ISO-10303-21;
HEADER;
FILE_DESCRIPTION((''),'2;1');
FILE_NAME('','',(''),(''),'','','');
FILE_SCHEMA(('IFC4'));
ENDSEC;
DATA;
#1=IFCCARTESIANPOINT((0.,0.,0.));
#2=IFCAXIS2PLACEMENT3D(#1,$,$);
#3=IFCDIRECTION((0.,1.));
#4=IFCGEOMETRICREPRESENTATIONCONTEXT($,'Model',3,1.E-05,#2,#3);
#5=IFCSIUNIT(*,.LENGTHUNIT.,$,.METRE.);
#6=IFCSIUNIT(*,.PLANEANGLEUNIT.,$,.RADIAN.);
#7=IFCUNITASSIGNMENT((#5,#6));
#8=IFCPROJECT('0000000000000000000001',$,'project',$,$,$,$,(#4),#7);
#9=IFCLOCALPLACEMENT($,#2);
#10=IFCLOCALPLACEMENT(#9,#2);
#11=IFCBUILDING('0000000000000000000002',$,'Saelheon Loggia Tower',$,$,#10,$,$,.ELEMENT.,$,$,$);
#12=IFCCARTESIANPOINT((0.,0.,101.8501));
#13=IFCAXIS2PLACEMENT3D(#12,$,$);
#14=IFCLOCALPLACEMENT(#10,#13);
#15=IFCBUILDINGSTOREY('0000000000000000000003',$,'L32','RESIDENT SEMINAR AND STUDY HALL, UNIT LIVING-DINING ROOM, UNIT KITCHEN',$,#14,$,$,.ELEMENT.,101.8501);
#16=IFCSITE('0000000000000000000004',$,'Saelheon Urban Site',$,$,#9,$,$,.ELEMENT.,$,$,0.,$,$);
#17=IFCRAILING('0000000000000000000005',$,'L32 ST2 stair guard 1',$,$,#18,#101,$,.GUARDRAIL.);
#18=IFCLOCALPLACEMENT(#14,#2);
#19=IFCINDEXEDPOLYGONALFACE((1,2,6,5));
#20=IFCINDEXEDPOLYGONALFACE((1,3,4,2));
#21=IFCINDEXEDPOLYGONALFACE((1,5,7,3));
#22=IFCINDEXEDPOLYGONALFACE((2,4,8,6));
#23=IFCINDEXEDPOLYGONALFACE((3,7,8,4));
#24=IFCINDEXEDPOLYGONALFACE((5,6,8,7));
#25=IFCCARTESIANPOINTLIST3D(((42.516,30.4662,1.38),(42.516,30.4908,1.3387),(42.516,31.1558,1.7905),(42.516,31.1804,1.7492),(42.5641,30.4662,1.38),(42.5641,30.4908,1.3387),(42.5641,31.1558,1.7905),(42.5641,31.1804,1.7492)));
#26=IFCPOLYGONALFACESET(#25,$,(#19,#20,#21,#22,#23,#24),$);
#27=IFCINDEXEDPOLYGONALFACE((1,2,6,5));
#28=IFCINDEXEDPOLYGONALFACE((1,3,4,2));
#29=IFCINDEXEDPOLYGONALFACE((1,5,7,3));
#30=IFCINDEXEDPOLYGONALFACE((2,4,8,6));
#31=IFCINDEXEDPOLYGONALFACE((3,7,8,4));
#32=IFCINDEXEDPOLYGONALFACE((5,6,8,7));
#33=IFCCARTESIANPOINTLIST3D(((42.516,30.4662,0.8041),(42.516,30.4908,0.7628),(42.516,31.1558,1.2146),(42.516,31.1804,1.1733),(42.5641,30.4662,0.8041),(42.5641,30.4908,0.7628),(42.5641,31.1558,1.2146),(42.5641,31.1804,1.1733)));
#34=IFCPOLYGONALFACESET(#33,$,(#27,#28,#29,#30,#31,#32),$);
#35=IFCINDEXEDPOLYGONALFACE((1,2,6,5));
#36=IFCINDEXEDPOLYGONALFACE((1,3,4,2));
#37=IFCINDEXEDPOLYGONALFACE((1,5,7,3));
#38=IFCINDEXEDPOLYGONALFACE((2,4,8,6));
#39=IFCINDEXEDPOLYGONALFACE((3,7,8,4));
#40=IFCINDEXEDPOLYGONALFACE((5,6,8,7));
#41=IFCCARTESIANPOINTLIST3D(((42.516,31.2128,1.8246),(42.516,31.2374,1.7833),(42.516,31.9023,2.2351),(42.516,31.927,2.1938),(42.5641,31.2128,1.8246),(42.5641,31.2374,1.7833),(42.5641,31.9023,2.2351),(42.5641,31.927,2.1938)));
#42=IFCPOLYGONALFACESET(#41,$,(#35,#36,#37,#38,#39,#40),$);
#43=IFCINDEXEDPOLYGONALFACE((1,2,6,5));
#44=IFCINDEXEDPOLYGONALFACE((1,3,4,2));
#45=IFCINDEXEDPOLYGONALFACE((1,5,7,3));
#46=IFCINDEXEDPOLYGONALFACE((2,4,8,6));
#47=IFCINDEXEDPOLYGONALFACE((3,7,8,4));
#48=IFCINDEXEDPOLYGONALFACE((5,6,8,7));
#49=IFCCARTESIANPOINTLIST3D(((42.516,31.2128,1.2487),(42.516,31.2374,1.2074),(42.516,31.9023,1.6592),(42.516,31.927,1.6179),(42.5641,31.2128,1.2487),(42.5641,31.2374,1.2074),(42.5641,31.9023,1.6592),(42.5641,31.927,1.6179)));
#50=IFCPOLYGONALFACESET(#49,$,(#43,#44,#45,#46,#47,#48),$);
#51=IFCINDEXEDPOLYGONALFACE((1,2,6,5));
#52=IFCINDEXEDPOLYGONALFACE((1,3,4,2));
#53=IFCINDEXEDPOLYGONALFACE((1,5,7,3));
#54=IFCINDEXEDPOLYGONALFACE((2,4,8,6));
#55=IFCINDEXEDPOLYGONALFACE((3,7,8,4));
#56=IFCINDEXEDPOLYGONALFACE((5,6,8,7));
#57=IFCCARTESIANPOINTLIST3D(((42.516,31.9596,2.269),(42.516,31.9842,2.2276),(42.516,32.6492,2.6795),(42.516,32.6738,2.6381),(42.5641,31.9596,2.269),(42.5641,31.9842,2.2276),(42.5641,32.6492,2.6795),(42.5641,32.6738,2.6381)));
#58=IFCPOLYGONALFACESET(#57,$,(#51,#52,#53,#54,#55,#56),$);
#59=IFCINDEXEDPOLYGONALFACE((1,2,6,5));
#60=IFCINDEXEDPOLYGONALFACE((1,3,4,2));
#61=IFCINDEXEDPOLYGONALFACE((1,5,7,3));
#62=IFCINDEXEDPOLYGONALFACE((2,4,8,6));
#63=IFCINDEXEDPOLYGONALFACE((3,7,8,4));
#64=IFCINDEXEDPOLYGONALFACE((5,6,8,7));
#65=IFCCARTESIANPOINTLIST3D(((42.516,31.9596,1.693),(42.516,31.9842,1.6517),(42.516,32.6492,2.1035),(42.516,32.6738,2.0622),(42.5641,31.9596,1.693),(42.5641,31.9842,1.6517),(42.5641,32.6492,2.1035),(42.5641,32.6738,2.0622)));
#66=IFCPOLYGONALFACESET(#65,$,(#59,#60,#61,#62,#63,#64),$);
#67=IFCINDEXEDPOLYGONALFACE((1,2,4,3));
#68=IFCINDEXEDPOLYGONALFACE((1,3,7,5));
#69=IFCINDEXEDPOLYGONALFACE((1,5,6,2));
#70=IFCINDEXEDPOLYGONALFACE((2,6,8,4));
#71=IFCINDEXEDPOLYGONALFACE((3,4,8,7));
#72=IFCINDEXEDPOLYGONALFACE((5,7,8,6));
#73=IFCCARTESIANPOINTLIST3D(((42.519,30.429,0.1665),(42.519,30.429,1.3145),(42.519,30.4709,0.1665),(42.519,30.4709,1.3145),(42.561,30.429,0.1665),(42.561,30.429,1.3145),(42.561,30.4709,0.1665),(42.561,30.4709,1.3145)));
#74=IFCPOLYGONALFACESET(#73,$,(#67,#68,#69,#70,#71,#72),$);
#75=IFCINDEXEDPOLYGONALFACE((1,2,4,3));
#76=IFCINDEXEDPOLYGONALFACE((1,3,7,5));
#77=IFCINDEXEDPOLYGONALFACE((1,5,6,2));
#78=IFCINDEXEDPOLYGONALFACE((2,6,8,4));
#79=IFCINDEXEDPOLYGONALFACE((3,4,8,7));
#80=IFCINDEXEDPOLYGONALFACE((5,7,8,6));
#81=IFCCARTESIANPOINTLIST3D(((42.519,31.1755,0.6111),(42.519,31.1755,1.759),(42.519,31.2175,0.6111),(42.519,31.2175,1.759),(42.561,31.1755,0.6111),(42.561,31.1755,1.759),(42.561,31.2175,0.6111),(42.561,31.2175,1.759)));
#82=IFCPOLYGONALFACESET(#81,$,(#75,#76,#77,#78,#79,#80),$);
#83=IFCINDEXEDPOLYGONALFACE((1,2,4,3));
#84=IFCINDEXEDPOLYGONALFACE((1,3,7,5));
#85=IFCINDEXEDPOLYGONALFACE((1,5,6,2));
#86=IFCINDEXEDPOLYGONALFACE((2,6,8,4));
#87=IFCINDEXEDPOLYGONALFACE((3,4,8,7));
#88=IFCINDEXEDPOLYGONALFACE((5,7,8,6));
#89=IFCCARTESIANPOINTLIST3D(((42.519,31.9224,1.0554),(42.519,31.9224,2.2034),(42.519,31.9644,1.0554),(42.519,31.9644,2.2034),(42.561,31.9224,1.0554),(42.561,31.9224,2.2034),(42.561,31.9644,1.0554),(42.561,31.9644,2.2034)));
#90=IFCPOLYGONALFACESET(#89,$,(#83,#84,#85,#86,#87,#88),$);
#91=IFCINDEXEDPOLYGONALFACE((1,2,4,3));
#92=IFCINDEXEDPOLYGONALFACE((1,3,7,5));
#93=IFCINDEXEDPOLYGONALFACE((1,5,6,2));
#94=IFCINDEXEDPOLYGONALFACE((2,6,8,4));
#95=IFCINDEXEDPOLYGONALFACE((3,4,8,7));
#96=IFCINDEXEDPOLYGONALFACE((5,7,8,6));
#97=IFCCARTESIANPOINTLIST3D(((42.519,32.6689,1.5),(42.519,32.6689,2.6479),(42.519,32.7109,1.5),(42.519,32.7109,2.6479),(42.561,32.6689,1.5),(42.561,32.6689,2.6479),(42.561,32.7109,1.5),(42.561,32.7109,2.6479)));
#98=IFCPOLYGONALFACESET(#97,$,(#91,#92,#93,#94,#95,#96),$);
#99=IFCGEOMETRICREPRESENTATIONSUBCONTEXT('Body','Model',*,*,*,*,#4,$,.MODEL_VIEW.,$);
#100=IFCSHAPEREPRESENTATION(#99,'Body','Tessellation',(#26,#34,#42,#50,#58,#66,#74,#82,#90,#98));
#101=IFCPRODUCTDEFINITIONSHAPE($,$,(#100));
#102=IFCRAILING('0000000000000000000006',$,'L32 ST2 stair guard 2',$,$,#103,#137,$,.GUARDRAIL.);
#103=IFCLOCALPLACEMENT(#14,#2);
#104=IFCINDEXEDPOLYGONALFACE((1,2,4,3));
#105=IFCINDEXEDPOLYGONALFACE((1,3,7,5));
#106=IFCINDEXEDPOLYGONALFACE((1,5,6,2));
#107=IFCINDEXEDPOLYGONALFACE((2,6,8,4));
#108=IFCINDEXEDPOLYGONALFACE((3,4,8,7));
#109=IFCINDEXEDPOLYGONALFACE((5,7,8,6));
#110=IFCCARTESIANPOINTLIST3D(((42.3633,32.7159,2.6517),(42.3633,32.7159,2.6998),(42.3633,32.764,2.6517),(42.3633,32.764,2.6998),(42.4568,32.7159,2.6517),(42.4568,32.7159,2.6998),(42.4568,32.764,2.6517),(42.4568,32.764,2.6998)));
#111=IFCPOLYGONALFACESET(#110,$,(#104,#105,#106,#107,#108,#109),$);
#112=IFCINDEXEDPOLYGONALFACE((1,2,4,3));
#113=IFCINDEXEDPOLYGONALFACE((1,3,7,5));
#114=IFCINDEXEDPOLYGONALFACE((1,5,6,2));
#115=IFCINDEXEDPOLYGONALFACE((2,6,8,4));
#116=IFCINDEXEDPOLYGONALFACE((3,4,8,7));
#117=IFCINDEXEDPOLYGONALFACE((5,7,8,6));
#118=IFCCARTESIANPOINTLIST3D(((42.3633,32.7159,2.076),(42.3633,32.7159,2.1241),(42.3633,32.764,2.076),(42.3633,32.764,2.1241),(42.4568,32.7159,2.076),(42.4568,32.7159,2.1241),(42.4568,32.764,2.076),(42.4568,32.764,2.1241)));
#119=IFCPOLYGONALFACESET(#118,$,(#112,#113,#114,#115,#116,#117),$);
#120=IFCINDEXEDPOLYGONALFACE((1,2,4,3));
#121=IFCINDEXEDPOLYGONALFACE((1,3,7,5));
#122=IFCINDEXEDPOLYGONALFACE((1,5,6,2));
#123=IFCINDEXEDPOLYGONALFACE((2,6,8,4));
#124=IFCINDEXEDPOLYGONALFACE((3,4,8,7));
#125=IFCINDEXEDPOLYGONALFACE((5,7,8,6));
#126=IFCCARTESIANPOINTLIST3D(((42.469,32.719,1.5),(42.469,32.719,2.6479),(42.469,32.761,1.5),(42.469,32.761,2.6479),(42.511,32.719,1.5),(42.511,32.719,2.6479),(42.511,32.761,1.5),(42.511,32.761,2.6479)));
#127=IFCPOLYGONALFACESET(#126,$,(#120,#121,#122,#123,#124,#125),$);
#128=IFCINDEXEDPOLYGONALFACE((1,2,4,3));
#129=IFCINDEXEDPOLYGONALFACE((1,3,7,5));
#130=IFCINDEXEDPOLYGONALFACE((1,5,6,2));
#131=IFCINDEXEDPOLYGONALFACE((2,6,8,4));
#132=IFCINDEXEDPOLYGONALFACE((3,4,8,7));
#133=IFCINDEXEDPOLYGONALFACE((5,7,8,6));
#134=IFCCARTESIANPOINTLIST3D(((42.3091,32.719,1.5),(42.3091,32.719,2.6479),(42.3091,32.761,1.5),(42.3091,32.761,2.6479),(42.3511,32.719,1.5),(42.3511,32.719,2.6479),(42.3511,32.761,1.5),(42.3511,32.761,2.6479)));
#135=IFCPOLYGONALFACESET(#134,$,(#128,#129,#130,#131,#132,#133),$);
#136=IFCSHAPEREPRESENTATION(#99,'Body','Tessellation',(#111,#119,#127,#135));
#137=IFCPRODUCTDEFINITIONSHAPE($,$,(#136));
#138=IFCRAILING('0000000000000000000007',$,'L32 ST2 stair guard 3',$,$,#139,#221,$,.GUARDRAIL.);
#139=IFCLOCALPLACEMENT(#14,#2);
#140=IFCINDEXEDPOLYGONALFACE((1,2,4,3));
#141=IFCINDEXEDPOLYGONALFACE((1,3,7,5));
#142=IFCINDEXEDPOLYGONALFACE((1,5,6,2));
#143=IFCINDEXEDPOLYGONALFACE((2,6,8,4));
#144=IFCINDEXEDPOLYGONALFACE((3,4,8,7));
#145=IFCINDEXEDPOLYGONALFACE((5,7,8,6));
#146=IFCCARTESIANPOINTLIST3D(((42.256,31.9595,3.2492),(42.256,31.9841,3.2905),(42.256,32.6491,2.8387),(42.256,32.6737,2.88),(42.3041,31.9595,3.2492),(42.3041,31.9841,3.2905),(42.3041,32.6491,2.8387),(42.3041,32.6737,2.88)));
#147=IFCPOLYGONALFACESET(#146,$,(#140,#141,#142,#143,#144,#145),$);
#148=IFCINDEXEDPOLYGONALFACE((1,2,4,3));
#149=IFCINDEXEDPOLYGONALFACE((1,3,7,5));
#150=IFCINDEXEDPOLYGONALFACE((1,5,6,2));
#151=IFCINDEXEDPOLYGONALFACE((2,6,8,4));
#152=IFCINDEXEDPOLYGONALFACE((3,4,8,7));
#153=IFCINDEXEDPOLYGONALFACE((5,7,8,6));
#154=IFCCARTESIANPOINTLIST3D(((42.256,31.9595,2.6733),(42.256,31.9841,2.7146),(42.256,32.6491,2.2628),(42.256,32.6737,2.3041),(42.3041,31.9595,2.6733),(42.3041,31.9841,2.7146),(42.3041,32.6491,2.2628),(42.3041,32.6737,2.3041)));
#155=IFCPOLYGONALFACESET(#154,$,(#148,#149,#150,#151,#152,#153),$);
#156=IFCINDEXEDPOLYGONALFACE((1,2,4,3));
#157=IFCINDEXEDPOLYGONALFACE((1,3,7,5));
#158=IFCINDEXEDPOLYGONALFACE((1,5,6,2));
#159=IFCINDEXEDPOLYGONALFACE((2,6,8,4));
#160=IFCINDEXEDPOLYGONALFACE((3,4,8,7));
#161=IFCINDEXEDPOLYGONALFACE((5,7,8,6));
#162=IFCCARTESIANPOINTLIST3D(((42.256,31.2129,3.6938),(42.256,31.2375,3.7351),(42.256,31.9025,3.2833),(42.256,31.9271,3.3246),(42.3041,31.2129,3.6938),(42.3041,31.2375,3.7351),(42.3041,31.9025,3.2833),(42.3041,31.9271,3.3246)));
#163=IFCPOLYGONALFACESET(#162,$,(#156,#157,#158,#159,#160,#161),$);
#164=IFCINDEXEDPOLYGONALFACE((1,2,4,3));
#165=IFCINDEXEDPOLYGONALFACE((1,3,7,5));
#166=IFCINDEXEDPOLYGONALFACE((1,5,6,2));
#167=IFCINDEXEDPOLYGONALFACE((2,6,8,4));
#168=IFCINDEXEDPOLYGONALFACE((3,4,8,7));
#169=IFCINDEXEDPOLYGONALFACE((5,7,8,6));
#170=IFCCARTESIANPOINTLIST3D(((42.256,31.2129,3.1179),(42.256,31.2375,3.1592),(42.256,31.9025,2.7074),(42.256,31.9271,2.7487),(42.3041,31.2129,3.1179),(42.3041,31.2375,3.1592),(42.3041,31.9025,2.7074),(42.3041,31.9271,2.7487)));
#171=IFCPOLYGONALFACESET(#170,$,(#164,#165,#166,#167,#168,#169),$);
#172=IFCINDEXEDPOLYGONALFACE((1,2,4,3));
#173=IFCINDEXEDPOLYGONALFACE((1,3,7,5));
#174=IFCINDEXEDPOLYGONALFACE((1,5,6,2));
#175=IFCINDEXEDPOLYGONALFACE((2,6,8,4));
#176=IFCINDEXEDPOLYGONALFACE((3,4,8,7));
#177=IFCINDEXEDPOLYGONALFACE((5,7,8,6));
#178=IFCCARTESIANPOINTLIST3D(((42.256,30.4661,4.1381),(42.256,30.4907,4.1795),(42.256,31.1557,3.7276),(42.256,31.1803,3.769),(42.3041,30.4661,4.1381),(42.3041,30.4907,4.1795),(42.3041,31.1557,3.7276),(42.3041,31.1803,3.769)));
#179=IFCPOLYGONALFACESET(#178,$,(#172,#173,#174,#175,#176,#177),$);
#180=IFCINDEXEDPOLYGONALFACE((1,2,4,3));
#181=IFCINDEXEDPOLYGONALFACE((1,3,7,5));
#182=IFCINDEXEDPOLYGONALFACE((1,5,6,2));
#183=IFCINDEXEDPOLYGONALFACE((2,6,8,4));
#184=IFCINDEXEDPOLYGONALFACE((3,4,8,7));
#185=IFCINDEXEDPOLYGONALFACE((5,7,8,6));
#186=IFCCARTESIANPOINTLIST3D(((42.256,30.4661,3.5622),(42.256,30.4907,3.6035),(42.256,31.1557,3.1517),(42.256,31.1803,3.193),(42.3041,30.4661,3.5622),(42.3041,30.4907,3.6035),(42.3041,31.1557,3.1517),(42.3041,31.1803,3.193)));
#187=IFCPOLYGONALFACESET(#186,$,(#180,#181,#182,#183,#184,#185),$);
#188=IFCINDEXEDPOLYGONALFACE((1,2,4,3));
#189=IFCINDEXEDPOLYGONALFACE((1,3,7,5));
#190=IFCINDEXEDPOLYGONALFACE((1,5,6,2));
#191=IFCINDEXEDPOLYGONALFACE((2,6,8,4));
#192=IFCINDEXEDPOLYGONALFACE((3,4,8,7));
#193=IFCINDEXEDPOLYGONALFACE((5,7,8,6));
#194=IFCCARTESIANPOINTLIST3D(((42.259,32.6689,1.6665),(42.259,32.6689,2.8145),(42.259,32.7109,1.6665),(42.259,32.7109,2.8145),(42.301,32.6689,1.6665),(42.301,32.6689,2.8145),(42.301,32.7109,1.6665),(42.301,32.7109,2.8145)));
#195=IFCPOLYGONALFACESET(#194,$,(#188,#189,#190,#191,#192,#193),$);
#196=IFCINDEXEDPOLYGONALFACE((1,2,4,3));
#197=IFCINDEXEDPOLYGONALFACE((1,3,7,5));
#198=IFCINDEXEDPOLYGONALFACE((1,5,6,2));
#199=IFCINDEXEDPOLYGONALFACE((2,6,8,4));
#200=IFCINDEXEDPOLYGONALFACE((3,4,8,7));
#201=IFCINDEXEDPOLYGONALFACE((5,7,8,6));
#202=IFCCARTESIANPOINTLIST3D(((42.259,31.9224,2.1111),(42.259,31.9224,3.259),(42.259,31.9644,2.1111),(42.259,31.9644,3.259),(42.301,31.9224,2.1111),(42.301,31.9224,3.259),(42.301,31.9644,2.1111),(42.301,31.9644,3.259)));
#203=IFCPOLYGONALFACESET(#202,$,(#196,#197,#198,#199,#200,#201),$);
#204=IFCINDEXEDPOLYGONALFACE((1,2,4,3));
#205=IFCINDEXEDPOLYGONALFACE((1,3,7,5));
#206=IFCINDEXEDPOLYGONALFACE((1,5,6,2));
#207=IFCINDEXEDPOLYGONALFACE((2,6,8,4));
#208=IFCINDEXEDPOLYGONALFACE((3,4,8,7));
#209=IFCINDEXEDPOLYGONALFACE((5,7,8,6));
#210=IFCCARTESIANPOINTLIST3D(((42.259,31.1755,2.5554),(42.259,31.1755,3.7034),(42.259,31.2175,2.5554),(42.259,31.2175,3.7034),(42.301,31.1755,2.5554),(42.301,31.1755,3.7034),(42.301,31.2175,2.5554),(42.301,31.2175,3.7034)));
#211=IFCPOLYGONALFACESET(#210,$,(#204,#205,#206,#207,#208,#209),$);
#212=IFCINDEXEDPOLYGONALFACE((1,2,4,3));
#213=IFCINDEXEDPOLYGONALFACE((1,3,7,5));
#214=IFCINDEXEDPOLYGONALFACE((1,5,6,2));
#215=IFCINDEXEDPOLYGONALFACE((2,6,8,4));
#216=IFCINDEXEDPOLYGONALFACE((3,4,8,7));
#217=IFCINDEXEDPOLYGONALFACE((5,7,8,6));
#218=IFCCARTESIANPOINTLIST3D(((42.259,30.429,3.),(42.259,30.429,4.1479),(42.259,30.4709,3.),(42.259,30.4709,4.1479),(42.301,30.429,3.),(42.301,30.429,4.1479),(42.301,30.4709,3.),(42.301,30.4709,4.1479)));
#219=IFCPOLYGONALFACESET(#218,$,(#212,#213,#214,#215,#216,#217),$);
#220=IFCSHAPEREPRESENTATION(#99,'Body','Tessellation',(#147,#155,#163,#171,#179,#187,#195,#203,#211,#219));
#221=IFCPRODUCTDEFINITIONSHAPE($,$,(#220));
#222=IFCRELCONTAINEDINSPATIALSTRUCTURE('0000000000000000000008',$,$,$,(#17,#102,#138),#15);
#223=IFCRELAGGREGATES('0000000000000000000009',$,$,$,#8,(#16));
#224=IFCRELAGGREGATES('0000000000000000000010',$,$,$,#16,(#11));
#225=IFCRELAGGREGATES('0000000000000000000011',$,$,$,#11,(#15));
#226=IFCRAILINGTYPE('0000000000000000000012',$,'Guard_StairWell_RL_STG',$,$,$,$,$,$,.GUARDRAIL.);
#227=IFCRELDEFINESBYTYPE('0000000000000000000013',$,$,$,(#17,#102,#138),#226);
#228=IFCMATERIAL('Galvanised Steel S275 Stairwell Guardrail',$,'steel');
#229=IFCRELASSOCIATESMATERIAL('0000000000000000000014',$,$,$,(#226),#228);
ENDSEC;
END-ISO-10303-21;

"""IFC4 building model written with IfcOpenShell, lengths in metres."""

from ifc_helpers import new_model, si_unit, direction, frame, origin, origin_2d, place, context, subcontext, project, spatial, rectangle, extrude, material, type_object, element, save


model = new_model("IFC4")

# Units and contexts
model_context = context("Model", 3, precision=1e-05, world=origin(), true_north=direction((0.0, 1.0)))
body_context = subcontext(model_context, "Body", "Model", "MODEL_VIEW")
ifc_project = project(units=[si_unit("LENGTHUNIT", "METRE"), si_unit("PLANEANGLEUNIT", "RADIAN")], contexts=[model_context])

# Site, building, storey
site_placement = place(None, origin())
site = spatial("IfcSite", under=ifc_project, at=site_placement, Name="Saelheon Urban Site", CompositionType="ELEMENT", RefElevation=0.0)
building_placement = place(site_placement, origin())
building = spatial("IfcBuilding", under=site, at=building_placement, Name="Saelheon Loggia Tower", CompositionType="ELEMENT")
storey_placement = place(building_placement, frame((0.0, 0.0, 101.8501)))
storey = spatial("IfcBuildingStorey", under=building, at=storey_placement, Name="L32", Description="RESIDENT SEMINAR AND STUDY HALL, UNIT LIVING-DINING ROOM, UNIT KITCHEN", CompositionType="ELEMENT", Elevation=101.8501)

# Railings
ifc_material_1 = material(Name="Galvanised Steel S275 Stairwell Guardrail", Category="steel")
railing_type_1 = type_object("IfcRailingType", Name="Guard_StairWell_RL_STG", PredefinedType="GUARDRAIL", material=ifc_material_1)
railing_1_placement = place(storey_placement, frame((42.54, 30.45, 0.1665)))
element("IfcRailing", 1, at=railing_1_placement, inside=storey, type_object=railing_type_1, Name="L32 ST2 stair guard 1", PredefinedType="GUARDRAIL", context=body_context, shape_type="SweptSolid", body=[
    extrude(rectangle(XDim=0.0481, YDim=0.0481, at=origin_2d()), frame((0.0, 0.0286, 1.1929), z_axis=(0.0, 0.859264, 0.511532), x_axis=(-1.0, 0.0, 0.0)), (0.0, 0.0, 1.0), 0.8025),
    extrude(rectangle(XDim=0.0481, YDim=0.0481, at=origin_2d()), frame((0.0, 0.0286, 0.6169), z_axis=(0.0, 0.859264, 0.511532), x_axis=(-1.0, 0.0, 0.0)), (0.0, 0.0, 1.0), 0.8025),
    extrude(rectangle(XDim=0.0481, YDim=0.0481, at=origin_2d()), frame((0.0, 0.7751, 1.6375), z_axis=(0.0, 0.859264, 0.511532), x_axis=(-1.0, 0.0, 0.0)), (0.0, 0.0, 1.0), 0.8025),
    extrude(rectangle(XDim=0.0481, YDim=0.0481, at=origin_2d()), frame((0.0, 0.7751, 1.0615), z_axis=(0.0, 0.859264, 0.511532), x_axis=(-1.0, 0.0, 0.0)), (0.0, 0.0, 1.0), 0.8025),
    extrude(rectangle(XDim=0.0481, YDim=0.0481, at=origin_2d()), frame((0.0, 1.522, 2.0818), z_axis=(0.0, 0.859264, 0.511532), x_axis=(-1.0, 0.0, 0.0)), (0.0, 0.0, 1.0), 0.8025),
    extrude(rectangle(XDim=0.0481, YDim=0.0481, at=origin_2d()), frame((0.0, 1.522, 1.5059), z_axis=(0.0, 0.859264, 0.511532), x_axis=(-1.0, 0.0, 0.0)), (0.0, 0.0, 1.0), 0.8025),
    extrude(rectangle(XDim=0.042, YDim=0.042, at=origin_2d()), origin(), (0.0, 0.0, 1.0), 1.1479),
    extrude(rectangle(XDim=0.042, YDim=0.042, at=origin_2d()), frame((0.0, 0.7466, 0.4446)), (0.0, 0.0, 1.0), 1.1479),
    extrude(rectangle(XDim=0.042, YDim=0.042, at=origin_2d()), frame((0.0, 1.4934, 0.8889)), (0.0, 0.0, 1.0), 1.1479),
    extrude(rectangle(XDim=0.042, YDim=0.042, at=origin_2d()), frame((0.0, 2.24, 1.3335)), (0.0, 0.0, 1.0), 1.1479),
])
railing_2_placement = place(storey_placement, frame((42.49, 32.74, 1.5)))
element("IfcRailing", 2, at=railing_2_placement, inside=storey, type_object=railing_type_1, Name="L32 ST2 stair guard 2", PredefinedType="GUARDRAIL", context=body_context, shape_type="SweptSolid", body=[
    extrude(rectangle(XDim=0.0481, YDim=0.0481, at=origin_2d()), frame((-0.0332, 0.0, 1.1758), z_axis=(-1.0, 0.0, 0.0), x_axis=(0.0, -1.0, 0.0)), (0.0, 0.0, 1.0), 0.0935),
    extrude(rectangle(XDim=0.0481, YDim=0.0481, at=origin_2d()), frame((-0.0332, 0.0, 0.6001), z_axis=(-1.0, 0.0, 0.0), x_axis=(0.0, -1.0, 0.0)), (0.0, 0.0, 1.0), 0.0935),
    extrude(rectangle(XDim=0.042, YDim=0.042, at=origin_2d()), origin(), (0.0, 0.0, 1.0), 1.1479),
    extrude(rectangle(XDim=0.042, YDim=0.042, at=origin_2d()), frame((-0.1599, 0.0, 0.0)), (0.0, 0.0, 1.0), 1.1479),
])
railing_3_placement = place(storey_placement, frame((42.28, 32.6899, 1.6665)))
element("IfcRailing", 3, at=railing_3_placement, inside=storey, type_object=railing_type_1, Name="L32 ST2 stair guard 3", PredefinedType="GUARDRAIL", context=body_context, shape_type="SweptSolid", body=[
    extrude(rectangle(XDim=0.0481, YDim=0.0481, at=origin_2d()), frame((0.0, -0.0286, 1.1929), z_axis=(0.0, -0.859264, 0.511532), x_axis=(1.0, 0.0, 0.0)), (0.0, 0.0, 1.0), 0.8025),
    extrude(rectangle(XDim=0.0481, YDim=0.0481, at=origin_2d()), frame((0.0, -0.0286, 0.6169), z_axis=(0.0, -0.859264, 0.511532), x_axis=(1.0, 0.0, 0.0)), (0.0, 0.0, 1.0), 0.8025),
    extrude(rectangle(XDim=0.0481, YDim=0.0481, at=origin_2d()), frame((0.0, -0.7751, 1.6375), z_axis=(0.0, -0.859264, 0.511532), x_axis=(1.0, 0.0, 0.0)), (0.0, 0.0, 1.0), 0.8025),
    extrude(rectangle(XDim=0.0481, YDim=0.0481, at=origin_2d()), frame((0.0, -0.7751, 1.0615), z_axis=(0.0, -0.859264, 0.511532), x_axis=(1.0, 0.0, 0.0)), (0.0, 0.0, 1.0), 0.8025),
    extrude(rectangle(XDim=0.0481, YDim=0.0481, at=origin_2d()), frame((0.0, -1.522, 2.0818), z_axis=(0.0, -0.859264, 0.511532), x_axis=(1.0, 0.0, 0.0)), (0.0, 0.0, 1.0), 0.8025),
    extrude(rectangle(XDim=0.0481, YDim=0.0481, at=origin_2d()), frame((0.0, -1.522, 1.5059), z_axis=(0.0, -0.859264, 0.511532), x_axis=(1.0, 0.0, 0.0)), (0.0, 0.0, 1.0), 0.8025),
    extrude(rectangle(XDim=0.042, YDim=0.042, at=origin_2d()), origin(), (0.0, 0.0, 1.0), 1.1479),
    extrude(rectangle(XDim=0.042, YDim=0.042, at=origin_2d()), frame((0.0, -0.7466, 0.4446)), (0.0, 0.0, 1.0), 1.1479),
    extrude(rectangle(XDim=0.042, YDim=0.042, at=origin_2d()), frame((0.0, -1.4934, 0.8889)), (0.0, 0.0, 1.0), 1.1479),
    extrude(rectangle(XDim=0.042, YDim=0.042, at=origin_2d()), frame((0.0, -2.24, 1.3335)), (0.0, 0.0, 1.0), 1.1479),
])

save(model, "model.ifc")
